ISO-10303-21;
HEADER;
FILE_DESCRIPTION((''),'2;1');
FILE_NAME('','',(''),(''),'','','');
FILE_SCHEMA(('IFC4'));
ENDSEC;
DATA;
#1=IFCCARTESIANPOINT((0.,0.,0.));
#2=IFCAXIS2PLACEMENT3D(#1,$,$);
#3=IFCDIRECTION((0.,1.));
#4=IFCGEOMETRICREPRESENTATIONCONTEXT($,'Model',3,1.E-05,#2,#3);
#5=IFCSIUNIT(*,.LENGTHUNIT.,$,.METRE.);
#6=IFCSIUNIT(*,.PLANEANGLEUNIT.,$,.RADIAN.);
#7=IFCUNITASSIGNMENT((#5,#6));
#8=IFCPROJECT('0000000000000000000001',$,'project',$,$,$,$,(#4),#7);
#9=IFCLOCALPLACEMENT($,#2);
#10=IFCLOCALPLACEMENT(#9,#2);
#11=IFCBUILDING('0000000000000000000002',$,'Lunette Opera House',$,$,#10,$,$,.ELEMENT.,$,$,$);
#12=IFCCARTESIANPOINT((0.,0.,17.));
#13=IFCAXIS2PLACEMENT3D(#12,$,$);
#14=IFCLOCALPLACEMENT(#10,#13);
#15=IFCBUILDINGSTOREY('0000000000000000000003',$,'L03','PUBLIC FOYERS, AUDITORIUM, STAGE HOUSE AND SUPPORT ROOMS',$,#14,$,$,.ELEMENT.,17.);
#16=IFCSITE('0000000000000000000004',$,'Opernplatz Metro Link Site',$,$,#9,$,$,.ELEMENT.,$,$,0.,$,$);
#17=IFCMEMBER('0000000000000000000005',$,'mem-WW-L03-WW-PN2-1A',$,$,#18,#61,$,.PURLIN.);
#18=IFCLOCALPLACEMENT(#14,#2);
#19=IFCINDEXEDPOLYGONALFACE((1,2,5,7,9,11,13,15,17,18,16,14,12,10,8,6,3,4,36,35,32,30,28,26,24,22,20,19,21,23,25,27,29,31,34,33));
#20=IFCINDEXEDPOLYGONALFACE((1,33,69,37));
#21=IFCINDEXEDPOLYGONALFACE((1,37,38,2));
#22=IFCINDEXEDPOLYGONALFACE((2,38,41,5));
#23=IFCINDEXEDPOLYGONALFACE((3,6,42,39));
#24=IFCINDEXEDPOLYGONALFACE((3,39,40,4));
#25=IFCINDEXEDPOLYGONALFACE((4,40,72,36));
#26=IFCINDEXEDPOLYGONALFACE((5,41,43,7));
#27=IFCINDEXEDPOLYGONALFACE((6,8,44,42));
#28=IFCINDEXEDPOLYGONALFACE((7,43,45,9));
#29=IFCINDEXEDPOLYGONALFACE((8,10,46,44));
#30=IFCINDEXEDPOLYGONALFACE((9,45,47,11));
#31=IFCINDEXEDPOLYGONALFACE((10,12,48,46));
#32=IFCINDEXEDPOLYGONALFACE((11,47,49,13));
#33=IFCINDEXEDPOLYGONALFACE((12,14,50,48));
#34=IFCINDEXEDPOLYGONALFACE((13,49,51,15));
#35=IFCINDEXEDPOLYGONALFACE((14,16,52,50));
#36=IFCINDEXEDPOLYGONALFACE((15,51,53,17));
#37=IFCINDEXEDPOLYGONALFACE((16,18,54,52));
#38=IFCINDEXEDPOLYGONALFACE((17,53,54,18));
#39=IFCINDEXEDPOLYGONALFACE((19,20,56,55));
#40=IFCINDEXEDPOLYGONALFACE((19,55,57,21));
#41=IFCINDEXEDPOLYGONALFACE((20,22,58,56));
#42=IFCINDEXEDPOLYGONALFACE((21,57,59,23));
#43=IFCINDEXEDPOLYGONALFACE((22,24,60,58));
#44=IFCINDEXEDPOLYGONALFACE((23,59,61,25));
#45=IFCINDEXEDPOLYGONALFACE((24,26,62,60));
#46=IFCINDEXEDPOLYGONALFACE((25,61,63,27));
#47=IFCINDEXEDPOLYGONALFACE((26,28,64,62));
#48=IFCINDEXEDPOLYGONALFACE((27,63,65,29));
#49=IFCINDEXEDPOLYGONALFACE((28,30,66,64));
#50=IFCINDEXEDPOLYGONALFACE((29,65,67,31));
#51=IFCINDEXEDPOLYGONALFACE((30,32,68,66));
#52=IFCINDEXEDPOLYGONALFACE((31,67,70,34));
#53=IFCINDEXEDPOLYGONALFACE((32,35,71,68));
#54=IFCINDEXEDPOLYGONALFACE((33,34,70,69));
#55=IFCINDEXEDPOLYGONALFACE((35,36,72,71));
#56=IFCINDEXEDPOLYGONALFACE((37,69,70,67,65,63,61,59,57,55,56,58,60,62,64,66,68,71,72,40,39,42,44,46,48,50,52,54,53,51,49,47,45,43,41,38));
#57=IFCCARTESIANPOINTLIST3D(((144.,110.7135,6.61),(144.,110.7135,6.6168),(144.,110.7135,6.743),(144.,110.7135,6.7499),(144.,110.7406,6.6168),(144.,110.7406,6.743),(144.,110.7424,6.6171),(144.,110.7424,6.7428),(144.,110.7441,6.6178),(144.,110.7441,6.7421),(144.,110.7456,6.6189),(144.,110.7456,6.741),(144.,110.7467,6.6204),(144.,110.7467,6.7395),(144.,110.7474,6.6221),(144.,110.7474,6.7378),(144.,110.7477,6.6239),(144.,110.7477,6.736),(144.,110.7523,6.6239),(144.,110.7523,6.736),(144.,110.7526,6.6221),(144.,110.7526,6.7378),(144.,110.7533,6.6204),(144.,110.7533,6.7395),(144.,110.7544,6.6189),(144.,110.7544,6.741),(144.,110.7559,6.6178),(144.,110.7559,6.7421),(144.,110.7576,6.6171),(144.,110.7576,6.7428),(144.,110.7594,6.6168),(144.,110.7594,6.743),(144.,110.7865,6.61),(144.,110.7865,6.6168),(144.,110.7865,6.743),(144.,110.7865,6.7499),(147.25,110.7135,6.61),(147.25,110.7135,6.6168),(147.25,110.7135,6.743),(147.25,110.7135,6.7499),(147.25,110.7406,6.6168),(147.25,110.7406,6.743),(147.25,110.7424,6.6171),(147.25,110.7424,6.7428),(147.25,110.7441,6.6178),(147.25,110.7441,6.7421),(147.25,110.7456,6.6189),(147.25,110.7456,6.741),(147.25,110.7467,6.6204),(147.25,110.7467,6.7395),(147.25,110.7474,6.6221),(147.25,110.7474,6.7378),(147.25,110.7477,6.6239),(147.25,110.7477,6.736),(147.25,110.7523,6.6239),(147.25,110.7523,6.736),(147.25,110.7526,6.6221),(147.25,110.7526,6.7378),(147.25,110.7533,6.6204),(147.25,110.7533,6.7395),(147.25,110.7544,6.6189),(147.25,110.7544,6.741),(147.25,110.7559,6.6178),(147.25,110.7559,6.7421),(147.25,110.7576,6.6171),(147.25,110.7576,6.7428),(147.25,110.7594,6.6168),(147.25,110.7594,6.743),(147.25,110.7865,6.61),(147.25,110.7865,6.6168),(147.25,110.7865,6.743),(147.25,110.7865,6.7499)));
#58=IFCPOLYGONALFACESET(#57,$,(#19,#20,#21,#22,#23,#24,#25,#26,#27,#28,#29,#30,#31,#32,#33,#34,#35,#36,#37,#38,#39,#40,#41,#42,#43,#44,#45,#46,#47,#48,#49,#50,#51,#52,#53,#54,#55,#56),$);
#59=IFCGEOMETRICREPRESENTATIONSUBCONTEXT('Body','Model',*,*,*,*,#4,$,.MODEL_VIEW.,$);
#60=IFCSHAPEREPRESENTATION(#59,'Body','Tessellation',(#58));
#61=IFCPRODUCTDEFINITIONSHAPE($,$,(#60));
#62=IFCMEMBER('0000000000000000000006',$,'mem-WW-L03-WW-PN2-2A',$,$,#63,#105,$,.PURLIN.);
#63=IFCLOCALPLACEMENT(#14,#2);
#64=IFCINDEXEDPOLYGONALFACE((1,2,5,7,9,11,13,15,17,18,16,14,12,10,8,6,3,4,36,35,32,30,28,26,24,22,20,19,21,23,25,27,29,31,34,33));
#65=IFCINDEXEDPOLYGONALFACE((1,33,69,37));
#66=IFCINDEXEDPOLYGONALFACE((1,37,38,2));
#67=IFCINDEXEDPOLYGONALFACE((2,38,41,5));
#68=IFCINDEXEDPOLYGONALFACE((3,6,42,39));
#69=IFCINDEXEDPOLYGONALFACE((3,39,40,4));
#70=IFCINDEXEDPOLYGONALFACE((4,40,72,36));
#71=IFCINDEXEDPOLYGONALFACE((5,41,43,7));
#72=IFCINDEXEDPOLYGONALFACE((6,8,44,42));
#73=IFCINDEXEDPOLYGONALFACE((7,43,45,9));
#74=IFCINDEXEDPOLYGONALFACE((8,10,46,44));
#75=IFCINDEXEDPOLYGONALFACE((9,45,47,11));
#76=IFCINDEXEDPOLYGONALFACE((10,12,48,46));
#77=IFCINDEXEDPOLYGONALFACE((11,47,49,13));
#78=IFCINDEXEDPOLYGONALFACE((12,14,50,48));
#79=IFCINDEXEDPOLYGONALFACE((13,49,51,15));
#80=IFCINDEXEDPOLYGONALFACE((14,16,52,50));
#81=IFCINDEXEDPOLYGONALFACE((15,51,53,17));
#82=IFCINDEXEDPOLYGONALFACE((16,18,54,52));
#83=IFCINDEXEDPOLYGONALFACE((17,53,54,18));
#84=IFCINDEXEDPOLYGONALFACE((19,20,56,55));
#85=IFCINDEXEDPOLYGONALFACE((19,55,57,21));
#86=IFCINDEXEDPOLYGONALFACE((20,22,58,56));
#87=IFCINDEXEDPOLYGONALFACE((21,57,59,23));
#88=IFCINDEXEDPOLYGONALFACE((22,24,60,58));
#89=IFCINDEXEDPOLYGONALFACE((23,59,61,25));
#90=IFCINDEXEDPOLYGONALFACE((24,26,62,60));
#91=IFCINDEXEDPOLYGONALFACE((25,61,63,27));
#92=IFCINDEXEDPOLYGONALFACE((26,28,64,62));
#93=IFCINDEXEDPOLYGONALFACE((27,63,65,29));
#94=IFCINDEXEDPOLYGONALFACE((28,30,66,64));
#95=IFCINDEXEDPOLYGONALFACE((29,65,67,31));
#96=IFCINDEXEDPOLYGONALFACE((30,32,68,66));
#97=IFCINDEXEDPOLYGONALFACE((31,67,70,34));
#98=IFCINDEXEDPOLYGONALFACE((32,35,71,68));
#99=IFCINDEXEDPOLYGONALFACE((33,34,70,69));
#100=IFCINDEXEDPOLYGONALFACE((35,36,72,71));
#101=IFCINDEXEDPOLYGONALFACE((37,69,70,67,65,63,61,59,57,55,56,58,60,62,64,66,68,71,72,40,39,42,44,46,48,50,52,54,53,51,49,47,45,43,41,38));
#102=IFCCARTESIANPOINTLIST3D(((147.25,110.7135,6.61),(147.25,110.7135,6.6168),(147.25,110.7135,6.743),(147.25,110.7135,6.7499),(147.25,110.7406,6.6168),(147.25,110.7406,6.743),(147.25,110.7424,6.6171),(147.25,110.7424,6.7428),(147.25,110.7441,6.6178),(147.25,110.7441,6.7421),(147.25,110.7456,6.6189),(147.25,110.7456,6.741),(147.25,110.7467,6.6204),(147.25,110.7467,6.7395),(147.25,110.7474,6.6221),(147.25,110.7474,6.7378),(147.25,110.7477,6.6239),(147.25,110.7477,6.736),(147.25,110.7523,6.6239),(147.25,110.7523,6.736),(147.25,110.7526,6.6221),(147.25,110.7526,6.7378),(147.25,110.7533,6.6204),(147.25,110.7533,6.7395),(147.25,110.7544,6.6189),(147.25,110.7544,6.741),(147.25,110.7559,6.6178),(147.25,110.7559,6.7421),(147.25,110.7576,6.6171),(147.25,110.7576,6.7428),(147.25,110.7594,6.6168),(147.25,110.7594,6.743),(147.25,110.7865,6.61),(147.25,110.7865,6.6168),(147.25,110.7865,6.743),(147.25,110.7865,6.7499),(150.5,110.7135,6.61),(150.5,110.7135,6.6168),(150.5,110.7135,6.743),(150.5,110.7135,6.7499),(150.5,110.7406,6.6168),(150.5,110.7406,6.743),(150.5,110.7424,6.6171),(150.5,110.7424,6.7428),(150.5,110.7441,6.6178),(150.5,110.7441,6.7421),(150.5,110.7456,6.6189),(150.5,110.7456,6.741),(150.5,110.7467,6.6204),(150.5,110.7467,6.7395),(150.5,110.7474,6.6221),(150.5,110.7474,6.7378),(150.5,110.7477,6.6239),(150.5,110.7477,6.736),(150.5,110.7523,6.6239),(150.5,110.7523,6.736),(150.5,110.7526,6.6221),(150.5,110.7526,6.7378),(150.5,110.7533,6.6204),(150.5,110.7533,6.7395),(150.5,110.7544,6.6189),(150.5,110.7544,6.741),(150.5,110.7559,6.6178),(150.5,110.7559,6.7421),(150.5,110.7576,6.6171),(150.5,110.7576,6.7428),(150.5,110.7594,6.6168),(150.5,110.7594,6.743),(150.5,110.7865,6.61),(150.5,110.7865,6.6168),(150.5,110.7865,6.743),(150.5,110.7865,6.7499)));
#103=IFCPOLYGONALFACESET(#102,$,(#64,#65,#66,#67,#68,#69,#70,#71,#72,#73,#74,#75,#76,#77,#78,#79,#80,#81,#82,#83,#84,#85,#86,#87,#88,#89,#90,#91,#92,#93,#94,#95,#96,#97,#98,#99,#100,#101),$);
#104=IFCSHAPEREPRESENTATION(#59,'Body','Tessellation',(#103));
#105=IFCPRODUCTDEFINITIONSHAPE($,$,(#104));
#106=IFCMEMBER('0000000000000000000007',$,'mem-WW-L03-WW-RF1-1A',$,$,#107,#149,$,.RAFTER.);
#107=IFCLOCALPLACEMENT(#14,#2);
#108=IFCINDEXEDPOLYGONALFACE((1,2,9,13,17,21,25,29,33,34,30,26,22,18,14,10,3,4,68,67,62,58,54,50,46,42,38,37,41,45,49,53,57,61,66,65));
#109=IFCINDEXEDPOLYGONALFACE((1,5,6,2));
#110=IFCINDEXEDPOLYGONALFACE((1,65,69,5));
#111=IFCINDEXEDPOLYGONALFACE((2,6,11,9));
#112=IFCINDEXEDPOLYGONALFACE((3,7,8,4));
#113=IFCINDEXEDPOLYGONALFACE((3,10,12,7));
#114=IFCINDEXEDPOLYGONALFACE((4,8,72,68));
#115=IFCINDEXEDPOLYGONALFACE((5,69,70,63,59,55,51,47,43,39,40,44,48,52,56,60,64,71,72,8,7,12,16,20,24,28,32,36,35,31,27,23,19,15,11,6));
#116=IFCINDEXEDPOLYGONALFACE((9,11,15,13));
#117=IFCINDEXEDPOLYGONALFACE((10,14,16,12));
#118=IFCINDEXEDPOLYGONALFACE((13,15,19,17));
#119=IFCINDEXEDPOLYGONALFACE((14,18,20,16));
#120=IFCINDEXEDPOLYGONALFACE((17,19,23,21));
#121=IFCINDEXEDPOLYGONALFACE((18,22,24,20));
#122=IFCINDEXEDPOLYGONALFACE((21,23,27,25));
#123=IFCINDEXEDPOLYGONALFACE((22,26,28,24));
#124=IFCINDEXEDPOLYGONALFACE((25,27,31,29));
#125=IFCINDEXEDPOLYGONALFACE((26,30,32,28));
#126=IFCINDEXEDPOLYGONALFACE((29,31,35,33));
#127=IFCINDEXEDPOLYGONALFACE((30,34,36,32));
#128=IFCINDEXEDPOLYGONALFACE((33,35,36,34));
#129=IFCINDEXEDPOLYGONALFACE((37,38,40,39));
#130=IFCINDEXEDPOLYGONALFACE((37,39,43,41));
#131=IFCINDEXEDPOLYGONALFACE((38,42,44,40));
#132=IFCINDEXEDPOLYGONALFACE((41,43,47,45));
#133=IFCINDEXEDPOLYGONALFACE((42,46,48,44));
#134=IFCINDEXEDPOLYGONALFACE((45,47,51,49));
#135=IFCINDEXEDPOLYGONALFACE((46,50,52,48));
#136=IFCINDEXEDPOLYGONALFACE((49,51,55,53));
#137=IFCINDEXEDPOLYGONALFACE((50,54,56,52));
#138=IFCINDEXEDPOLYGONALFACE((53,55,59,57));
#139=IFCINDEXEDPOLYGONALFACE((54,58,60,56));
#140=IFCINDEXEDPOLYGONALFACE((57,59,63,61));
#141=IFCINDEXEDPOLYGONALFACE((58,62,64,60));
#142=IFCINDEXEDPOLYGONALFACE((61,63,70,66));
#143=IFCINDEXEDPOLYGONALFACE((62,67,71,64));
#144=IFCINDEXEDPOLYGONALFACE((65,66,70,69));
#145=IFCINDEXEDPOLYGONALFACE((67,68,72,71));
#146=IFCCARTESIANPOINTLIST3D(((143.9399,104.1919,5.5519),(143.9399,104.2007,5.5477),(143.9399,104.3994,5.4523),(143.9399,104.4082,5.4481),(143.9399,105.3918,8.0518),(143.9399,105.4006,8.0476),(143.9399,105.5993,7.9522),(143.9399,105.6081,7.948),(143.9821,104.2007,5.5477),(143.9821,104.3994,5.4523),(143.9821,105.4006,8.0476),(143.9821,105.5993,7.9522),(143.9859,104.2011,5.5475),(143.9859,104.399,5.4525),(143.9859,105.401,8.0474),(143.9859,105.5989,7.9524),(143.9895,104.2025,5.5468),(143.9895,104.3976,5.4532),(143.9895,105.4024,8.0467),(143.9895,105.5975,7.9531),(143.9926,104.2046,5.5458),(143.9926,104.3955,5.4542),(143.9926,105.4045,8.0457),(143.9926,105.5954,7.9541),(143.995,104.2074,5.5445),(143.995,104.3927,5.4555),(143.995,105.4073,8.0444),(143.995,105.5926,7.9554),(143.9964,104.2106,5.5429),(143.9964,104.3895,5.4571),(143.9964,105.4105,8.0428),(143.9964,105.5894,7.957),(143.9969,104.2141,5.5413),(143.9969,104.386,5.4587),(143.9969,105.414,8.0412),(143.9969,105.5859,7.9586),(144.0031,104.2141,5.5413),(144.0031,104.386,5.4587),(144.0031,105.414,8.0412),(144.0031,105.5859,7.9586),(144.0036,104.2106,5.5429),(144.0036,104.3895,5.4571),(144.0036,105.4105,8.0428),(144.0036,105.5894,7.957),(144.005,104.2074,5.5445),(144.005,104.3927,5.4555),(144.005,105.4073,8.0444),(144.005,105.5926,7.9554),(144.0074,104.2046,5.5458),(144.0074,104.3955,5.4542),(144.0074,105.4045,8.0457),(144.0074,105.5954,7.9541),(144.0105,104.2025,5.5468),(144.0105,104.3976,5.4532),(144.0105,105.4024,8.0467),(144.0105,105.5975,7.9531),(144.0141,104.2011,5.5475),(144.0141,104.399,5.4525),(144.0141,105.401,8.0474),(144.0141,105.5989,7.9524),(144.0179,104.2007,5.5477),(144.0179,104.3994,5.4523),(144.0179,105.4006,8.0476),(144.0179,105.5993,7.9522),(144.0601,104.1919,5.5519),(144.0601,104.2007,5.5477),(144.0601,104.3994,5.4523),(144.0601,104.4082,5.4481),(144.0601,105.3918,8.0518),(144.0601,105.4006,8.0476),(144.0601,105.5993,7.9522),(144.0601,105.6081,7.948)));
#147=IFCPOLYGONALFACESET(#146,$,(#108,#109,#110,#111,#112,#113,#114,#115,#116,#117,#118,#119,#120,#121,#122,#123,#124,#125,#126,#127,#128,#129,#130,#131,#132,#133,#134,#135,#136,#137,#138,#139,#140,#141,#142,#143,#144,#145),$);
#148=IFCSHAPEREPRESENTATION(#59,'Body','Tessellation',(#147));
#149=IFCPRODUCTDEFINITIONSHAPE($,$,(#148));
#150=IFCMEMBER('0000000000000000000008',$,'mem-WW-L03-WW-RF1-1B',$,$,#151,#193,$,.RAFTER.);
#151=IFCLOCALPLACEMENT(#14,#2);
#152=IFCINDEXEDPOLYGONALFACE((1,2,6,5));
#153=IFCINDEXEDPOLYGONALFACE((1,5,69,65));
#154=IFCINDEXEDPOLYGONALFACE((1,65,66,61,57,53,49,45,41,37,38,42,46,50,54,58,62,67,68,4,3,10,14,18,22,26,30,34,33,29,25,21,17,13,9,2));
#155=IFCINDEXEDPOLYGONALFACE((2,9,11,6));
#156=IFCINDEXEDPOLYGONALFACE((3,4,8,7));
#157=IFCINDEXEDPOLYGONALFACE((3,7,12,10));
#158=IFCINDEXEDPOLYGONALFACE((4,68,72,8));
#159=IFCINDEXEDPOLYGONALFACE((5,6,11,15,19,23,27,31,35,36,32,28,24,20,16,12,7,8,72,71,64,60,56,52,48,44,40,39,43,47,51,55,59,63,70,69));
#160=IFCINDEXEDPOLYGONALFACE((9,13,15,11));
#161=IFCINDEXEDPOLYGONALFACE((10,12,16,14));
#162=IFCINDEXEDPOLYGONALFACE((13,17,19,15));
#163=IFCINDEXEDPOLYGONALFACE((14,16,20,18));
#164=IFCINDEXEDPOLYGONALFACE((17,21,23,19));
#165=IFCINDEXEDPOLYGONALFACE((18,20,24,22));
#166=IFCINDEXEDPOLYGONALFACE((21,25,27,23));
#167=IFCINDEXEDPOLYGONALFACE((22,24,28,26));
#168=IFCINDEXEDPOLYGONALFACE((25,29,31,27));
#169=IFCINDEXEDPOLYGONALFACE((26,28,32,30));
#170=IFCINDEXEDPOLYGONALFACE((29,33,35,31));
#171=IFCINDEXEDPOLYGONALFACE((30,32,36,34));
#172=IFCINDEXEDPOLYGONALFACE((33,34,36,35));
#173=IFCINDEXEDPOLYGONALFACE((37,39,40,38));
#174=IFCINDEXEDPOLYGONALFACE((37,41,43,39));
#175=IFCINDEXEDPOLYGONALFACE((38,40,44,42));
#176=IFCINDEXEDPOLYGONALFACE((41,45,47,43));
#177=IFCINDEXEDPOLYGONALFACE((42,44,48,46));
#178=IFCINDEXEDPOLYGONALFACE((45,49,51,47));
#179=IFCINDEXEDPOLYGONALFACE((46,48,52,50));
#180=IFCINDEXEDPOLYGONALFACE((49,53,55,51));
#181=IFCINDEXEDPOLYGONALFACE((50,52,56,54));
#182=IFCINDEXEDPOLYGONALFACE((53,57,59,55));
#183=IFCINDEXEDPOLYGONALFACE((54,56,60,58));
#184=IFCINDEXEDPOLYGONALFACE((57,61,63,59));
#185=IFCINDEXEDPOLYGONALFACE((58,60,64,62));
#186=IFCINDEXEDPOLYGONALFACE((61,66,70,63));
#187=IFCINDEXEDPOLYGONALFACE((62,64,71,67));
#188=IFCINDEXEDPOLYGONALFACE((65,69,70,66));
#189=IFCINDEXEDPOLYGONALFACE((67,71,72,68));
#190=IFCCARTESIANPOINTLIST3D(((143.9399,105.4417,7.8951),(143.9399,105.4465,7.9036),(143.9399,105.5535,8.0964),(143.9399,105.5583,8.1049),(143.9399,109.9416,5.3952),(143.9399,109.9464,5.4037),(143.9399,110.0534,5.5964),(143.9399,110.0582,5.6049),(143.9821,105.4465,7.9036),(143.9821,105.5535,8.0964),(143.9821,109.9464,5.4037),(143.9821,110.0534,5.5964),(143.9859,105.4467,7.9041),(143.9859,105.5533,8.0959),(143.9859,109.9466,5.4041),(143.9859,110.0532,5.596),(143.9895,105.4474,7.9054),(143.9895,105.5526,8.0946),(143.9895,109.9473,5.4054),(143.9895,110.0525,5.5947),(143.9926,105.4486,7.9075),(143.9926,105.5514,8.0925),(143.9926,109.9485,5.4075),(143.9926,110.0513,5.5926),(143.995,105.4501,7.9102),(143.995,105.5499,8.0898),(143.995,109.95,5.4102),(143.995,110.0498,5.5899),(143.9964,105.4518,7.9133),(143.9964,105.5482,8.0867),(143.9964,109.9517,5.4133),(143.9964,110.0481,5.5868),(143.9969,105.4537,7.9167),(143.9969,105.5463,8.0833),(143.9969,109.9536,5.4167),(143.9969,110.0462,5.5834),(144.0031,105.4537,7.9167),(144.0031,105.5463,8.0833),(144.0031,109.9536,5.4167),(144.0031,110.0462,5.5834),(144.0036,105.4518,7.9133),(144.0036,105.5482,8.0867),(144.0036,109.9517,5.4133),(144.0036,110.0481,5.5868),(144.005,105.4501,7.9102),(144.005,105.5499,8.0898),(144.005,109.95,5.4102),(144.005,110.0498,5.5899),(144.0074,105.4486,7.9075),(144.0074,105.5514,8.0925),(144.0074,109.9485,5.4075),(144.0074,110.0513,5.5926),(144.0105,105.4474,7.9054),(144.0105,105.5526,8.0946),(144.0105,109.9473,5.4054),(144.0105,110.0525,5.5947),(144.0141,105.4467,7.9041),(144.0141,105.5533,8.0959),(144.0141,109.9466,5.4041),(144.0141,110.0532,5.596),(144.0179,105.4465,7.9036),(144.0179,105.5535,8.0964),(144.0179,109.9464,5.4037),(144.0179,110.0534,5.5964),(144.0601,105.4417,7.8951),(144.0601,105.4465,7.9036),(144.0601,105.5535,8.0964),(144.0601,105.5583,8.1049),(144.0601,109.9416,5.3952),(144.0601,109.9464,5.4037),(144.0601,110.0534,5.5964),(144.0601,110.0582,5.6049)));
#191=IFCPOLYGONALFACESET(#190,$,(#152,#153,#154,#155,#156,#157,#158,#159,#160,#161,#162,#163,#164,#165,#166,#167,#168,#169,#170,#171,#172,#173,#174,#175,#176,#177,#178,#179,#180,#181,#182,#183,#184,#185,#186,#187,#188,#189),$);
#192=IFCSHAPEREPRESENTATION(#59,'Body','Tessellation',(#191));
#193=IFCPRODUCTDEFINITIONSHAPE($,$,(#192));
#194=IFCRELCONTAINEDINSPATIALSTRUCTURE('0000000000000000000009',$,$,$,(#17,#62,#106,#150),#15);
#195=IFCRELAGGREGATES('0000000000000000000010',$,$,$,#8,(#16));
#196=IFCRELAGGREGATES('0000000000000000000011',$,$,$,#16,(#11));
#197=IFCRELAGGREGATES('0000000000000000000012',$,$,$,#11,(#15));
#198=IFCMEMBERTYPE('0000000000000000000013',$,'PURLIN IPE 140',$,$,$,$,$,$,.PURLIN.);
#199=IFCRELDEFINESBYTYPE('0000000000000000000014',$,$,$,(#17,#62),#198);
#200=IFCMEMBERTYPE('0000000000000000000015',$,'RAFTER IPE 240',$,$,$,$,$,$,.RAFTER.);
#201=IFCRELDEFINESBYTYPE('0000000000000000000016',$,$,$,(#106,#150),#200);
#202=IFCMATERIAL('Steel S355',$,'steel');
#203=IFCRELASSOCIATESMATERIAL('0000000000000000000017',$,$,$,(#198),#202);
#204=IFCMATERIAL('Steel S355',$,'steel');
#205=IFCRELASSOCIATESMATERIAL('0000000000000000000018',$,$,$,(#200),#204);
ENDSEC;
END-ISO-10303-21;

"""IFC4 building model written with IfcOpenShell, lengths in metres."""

from ifc_helpers import new_model, si_unit, direction, frame, origin, origin_2d, place, context, subcontext, project, spatial, i_section, extrude, material, material_profile, profile_set, type_object, element, save


model = new_model("IFC4")

# Units and contexts
model_context = context("Model", 3, precision=1e-05, world=origin(), true_north=direction((0.0, 1.0)))
body_context = subcontext(model_context, "Body", "Model", "MODEL_VIEW")
ifc_project = project(units=[si_unit("LENGTHUNIT", "METRE"), si_unit("PLANEANGLEUNIT", "RADIAN")], contexts=[model_context])

# Site, building, storey
site_placement = place(None, origin())
site = spatial("IfcSite", under=ifc_project, at=site_placement, Name="Opernplatz Metro Link Site", CompositionType="ELEMENT", RefElevation=0.0)
building_placement = place(site_placement, origin())
building = spatial("IfcBuilding", under=site, at=building_placement, Name="Lunette Opera House", CompositionType="ELEMENT")
storey_placement = place(building_placement, frame((0.0, 0.0, 17.0)))
storey = spatial("IfcBuildingStorey", under=building, at=storey_placement, Name="L03", Description="PUBLIC FOYERS, AUDITORIUM, STAGE HOUSE AND SUPPORT ROOMS", CompositionType="ELEMENT", Elevation=17.0)

# Members
ifc_material_1 = material(Name="Steel S355", Category="steel")
ifc_material_profile_1 = material_profile(ifc_material_1, i_section(OverallWidth=0.073, OverallDepth=0.1399, WebThickness=0.0046, FlangeThickness=0.0068, FilletRadius=0.0071, at=origin_2d()), Name="IPE 140")
ifc_profile_set_1 = profile_set([ifc_material_profile_1], Name="Steel S355")
member_type_1 = type_object("IfcMemberType", Name="PURLIN IPE 140", PredefinedType="PURLIN", material=ifc_profile_set_1)
for number, where, z_axis, x_axis, name in (
    (1, (144.0, 110.75, 6.6799), (1.0, 0.0, 0.0), (0.0, 1.0, 0.0), "mem-WW-L03-WW-PN2-1A"),
    (2, (147.25, 110.75, 6.6799), (1.0, 0.0, 0.0), (0.0, 1.0, 0.0), "mem-WW-L03-WW-PN2-2A"),
):
    element("IfcMember", number, at=place(storey_placement, frame(where, z_axis=z_axis, x_axis=x_axis)), inside=storey, type_object=member_type_1, Name=name, PredefinedType="PURLIN", context=body_context, shape_type="SweptSolid", body=[
        extrude(i_section(OverallWidth=0.073, OverallDepth=0.1399, WebThickness=0.0046, FlangeThickness=0.0068, FilletRadius=0.0071, at=origin_2d()), origin(), (0.0, 0.0, 1.0), 3.25),
    ])
ifc_material_2 = material(Name="Steel S355", Category="steel")
ifc_material_profile_2 = material_profile(ifc_material_2, i_section(OverallWidth=0.1201, OverallDepth=0.24, WebThickness=0.0061, FlangeThickness=0.0098, FilletRadius=0.0149, at=origin_2d()), Name="IPE 240")
ifc_profile_set_2 = profile_set([ifc_material_profile_2], Name="Steel S355")
member_type_2 = type_object("IfcMemberType", Name="RAFTER IPE 240", PredefinedType="RAFTER", material=ifc_profile_set_2)
member_1_placement = place(storey_placement, frame((144.0, 104.3, 5.5), z_axis=(0.0, 0.432717, 0.90153), x_axis=(-1.0, 0.0, 0.0)))
element("IfcMember", 3, at=member_1_placement, inside=storey, type_object=member_type_2, Name="mem-WW-L03-WW-RF1-1A", PredefinedType="RAFTER", context=body_context, shape_type="SweptSolid", body=[
    extrude(i_section(OverallWidth=0.1201, OverallDepth=0.24, WebThickness=0.0061, FlangeThickness=0.0098, FilletRadius=0.0149, at=origin_2d()), origin(), (0.0, 0.0, 1.0), 2.7729),
])
member_2_placement = place(storey_placement, frame((144.0, 105.5, 8.0), z_axis=(0.0, 0.874157, -0.485643), x_axis=(-1.0, 0.0, 0.0)))
element("IfcMember", 4, at=member_2_placement, inside=storey, type_object=member_type_2, Name="mem-WW-L03-WW-RF1-1B", PredefinedType="RAFTER", context=body_context, shape_type="SweptSolid", body=[
    extrude(i_section(OverallWidth=0.1201, OverallDepth=0.24, WebThickness=0.0061, FlangeThickness=0.0098, FilletRadius=0.0149, at=origin_2d()), origin(), (0.0, 0.0, 1.0), 5.1477),
])

save(model, "model.ifc")
